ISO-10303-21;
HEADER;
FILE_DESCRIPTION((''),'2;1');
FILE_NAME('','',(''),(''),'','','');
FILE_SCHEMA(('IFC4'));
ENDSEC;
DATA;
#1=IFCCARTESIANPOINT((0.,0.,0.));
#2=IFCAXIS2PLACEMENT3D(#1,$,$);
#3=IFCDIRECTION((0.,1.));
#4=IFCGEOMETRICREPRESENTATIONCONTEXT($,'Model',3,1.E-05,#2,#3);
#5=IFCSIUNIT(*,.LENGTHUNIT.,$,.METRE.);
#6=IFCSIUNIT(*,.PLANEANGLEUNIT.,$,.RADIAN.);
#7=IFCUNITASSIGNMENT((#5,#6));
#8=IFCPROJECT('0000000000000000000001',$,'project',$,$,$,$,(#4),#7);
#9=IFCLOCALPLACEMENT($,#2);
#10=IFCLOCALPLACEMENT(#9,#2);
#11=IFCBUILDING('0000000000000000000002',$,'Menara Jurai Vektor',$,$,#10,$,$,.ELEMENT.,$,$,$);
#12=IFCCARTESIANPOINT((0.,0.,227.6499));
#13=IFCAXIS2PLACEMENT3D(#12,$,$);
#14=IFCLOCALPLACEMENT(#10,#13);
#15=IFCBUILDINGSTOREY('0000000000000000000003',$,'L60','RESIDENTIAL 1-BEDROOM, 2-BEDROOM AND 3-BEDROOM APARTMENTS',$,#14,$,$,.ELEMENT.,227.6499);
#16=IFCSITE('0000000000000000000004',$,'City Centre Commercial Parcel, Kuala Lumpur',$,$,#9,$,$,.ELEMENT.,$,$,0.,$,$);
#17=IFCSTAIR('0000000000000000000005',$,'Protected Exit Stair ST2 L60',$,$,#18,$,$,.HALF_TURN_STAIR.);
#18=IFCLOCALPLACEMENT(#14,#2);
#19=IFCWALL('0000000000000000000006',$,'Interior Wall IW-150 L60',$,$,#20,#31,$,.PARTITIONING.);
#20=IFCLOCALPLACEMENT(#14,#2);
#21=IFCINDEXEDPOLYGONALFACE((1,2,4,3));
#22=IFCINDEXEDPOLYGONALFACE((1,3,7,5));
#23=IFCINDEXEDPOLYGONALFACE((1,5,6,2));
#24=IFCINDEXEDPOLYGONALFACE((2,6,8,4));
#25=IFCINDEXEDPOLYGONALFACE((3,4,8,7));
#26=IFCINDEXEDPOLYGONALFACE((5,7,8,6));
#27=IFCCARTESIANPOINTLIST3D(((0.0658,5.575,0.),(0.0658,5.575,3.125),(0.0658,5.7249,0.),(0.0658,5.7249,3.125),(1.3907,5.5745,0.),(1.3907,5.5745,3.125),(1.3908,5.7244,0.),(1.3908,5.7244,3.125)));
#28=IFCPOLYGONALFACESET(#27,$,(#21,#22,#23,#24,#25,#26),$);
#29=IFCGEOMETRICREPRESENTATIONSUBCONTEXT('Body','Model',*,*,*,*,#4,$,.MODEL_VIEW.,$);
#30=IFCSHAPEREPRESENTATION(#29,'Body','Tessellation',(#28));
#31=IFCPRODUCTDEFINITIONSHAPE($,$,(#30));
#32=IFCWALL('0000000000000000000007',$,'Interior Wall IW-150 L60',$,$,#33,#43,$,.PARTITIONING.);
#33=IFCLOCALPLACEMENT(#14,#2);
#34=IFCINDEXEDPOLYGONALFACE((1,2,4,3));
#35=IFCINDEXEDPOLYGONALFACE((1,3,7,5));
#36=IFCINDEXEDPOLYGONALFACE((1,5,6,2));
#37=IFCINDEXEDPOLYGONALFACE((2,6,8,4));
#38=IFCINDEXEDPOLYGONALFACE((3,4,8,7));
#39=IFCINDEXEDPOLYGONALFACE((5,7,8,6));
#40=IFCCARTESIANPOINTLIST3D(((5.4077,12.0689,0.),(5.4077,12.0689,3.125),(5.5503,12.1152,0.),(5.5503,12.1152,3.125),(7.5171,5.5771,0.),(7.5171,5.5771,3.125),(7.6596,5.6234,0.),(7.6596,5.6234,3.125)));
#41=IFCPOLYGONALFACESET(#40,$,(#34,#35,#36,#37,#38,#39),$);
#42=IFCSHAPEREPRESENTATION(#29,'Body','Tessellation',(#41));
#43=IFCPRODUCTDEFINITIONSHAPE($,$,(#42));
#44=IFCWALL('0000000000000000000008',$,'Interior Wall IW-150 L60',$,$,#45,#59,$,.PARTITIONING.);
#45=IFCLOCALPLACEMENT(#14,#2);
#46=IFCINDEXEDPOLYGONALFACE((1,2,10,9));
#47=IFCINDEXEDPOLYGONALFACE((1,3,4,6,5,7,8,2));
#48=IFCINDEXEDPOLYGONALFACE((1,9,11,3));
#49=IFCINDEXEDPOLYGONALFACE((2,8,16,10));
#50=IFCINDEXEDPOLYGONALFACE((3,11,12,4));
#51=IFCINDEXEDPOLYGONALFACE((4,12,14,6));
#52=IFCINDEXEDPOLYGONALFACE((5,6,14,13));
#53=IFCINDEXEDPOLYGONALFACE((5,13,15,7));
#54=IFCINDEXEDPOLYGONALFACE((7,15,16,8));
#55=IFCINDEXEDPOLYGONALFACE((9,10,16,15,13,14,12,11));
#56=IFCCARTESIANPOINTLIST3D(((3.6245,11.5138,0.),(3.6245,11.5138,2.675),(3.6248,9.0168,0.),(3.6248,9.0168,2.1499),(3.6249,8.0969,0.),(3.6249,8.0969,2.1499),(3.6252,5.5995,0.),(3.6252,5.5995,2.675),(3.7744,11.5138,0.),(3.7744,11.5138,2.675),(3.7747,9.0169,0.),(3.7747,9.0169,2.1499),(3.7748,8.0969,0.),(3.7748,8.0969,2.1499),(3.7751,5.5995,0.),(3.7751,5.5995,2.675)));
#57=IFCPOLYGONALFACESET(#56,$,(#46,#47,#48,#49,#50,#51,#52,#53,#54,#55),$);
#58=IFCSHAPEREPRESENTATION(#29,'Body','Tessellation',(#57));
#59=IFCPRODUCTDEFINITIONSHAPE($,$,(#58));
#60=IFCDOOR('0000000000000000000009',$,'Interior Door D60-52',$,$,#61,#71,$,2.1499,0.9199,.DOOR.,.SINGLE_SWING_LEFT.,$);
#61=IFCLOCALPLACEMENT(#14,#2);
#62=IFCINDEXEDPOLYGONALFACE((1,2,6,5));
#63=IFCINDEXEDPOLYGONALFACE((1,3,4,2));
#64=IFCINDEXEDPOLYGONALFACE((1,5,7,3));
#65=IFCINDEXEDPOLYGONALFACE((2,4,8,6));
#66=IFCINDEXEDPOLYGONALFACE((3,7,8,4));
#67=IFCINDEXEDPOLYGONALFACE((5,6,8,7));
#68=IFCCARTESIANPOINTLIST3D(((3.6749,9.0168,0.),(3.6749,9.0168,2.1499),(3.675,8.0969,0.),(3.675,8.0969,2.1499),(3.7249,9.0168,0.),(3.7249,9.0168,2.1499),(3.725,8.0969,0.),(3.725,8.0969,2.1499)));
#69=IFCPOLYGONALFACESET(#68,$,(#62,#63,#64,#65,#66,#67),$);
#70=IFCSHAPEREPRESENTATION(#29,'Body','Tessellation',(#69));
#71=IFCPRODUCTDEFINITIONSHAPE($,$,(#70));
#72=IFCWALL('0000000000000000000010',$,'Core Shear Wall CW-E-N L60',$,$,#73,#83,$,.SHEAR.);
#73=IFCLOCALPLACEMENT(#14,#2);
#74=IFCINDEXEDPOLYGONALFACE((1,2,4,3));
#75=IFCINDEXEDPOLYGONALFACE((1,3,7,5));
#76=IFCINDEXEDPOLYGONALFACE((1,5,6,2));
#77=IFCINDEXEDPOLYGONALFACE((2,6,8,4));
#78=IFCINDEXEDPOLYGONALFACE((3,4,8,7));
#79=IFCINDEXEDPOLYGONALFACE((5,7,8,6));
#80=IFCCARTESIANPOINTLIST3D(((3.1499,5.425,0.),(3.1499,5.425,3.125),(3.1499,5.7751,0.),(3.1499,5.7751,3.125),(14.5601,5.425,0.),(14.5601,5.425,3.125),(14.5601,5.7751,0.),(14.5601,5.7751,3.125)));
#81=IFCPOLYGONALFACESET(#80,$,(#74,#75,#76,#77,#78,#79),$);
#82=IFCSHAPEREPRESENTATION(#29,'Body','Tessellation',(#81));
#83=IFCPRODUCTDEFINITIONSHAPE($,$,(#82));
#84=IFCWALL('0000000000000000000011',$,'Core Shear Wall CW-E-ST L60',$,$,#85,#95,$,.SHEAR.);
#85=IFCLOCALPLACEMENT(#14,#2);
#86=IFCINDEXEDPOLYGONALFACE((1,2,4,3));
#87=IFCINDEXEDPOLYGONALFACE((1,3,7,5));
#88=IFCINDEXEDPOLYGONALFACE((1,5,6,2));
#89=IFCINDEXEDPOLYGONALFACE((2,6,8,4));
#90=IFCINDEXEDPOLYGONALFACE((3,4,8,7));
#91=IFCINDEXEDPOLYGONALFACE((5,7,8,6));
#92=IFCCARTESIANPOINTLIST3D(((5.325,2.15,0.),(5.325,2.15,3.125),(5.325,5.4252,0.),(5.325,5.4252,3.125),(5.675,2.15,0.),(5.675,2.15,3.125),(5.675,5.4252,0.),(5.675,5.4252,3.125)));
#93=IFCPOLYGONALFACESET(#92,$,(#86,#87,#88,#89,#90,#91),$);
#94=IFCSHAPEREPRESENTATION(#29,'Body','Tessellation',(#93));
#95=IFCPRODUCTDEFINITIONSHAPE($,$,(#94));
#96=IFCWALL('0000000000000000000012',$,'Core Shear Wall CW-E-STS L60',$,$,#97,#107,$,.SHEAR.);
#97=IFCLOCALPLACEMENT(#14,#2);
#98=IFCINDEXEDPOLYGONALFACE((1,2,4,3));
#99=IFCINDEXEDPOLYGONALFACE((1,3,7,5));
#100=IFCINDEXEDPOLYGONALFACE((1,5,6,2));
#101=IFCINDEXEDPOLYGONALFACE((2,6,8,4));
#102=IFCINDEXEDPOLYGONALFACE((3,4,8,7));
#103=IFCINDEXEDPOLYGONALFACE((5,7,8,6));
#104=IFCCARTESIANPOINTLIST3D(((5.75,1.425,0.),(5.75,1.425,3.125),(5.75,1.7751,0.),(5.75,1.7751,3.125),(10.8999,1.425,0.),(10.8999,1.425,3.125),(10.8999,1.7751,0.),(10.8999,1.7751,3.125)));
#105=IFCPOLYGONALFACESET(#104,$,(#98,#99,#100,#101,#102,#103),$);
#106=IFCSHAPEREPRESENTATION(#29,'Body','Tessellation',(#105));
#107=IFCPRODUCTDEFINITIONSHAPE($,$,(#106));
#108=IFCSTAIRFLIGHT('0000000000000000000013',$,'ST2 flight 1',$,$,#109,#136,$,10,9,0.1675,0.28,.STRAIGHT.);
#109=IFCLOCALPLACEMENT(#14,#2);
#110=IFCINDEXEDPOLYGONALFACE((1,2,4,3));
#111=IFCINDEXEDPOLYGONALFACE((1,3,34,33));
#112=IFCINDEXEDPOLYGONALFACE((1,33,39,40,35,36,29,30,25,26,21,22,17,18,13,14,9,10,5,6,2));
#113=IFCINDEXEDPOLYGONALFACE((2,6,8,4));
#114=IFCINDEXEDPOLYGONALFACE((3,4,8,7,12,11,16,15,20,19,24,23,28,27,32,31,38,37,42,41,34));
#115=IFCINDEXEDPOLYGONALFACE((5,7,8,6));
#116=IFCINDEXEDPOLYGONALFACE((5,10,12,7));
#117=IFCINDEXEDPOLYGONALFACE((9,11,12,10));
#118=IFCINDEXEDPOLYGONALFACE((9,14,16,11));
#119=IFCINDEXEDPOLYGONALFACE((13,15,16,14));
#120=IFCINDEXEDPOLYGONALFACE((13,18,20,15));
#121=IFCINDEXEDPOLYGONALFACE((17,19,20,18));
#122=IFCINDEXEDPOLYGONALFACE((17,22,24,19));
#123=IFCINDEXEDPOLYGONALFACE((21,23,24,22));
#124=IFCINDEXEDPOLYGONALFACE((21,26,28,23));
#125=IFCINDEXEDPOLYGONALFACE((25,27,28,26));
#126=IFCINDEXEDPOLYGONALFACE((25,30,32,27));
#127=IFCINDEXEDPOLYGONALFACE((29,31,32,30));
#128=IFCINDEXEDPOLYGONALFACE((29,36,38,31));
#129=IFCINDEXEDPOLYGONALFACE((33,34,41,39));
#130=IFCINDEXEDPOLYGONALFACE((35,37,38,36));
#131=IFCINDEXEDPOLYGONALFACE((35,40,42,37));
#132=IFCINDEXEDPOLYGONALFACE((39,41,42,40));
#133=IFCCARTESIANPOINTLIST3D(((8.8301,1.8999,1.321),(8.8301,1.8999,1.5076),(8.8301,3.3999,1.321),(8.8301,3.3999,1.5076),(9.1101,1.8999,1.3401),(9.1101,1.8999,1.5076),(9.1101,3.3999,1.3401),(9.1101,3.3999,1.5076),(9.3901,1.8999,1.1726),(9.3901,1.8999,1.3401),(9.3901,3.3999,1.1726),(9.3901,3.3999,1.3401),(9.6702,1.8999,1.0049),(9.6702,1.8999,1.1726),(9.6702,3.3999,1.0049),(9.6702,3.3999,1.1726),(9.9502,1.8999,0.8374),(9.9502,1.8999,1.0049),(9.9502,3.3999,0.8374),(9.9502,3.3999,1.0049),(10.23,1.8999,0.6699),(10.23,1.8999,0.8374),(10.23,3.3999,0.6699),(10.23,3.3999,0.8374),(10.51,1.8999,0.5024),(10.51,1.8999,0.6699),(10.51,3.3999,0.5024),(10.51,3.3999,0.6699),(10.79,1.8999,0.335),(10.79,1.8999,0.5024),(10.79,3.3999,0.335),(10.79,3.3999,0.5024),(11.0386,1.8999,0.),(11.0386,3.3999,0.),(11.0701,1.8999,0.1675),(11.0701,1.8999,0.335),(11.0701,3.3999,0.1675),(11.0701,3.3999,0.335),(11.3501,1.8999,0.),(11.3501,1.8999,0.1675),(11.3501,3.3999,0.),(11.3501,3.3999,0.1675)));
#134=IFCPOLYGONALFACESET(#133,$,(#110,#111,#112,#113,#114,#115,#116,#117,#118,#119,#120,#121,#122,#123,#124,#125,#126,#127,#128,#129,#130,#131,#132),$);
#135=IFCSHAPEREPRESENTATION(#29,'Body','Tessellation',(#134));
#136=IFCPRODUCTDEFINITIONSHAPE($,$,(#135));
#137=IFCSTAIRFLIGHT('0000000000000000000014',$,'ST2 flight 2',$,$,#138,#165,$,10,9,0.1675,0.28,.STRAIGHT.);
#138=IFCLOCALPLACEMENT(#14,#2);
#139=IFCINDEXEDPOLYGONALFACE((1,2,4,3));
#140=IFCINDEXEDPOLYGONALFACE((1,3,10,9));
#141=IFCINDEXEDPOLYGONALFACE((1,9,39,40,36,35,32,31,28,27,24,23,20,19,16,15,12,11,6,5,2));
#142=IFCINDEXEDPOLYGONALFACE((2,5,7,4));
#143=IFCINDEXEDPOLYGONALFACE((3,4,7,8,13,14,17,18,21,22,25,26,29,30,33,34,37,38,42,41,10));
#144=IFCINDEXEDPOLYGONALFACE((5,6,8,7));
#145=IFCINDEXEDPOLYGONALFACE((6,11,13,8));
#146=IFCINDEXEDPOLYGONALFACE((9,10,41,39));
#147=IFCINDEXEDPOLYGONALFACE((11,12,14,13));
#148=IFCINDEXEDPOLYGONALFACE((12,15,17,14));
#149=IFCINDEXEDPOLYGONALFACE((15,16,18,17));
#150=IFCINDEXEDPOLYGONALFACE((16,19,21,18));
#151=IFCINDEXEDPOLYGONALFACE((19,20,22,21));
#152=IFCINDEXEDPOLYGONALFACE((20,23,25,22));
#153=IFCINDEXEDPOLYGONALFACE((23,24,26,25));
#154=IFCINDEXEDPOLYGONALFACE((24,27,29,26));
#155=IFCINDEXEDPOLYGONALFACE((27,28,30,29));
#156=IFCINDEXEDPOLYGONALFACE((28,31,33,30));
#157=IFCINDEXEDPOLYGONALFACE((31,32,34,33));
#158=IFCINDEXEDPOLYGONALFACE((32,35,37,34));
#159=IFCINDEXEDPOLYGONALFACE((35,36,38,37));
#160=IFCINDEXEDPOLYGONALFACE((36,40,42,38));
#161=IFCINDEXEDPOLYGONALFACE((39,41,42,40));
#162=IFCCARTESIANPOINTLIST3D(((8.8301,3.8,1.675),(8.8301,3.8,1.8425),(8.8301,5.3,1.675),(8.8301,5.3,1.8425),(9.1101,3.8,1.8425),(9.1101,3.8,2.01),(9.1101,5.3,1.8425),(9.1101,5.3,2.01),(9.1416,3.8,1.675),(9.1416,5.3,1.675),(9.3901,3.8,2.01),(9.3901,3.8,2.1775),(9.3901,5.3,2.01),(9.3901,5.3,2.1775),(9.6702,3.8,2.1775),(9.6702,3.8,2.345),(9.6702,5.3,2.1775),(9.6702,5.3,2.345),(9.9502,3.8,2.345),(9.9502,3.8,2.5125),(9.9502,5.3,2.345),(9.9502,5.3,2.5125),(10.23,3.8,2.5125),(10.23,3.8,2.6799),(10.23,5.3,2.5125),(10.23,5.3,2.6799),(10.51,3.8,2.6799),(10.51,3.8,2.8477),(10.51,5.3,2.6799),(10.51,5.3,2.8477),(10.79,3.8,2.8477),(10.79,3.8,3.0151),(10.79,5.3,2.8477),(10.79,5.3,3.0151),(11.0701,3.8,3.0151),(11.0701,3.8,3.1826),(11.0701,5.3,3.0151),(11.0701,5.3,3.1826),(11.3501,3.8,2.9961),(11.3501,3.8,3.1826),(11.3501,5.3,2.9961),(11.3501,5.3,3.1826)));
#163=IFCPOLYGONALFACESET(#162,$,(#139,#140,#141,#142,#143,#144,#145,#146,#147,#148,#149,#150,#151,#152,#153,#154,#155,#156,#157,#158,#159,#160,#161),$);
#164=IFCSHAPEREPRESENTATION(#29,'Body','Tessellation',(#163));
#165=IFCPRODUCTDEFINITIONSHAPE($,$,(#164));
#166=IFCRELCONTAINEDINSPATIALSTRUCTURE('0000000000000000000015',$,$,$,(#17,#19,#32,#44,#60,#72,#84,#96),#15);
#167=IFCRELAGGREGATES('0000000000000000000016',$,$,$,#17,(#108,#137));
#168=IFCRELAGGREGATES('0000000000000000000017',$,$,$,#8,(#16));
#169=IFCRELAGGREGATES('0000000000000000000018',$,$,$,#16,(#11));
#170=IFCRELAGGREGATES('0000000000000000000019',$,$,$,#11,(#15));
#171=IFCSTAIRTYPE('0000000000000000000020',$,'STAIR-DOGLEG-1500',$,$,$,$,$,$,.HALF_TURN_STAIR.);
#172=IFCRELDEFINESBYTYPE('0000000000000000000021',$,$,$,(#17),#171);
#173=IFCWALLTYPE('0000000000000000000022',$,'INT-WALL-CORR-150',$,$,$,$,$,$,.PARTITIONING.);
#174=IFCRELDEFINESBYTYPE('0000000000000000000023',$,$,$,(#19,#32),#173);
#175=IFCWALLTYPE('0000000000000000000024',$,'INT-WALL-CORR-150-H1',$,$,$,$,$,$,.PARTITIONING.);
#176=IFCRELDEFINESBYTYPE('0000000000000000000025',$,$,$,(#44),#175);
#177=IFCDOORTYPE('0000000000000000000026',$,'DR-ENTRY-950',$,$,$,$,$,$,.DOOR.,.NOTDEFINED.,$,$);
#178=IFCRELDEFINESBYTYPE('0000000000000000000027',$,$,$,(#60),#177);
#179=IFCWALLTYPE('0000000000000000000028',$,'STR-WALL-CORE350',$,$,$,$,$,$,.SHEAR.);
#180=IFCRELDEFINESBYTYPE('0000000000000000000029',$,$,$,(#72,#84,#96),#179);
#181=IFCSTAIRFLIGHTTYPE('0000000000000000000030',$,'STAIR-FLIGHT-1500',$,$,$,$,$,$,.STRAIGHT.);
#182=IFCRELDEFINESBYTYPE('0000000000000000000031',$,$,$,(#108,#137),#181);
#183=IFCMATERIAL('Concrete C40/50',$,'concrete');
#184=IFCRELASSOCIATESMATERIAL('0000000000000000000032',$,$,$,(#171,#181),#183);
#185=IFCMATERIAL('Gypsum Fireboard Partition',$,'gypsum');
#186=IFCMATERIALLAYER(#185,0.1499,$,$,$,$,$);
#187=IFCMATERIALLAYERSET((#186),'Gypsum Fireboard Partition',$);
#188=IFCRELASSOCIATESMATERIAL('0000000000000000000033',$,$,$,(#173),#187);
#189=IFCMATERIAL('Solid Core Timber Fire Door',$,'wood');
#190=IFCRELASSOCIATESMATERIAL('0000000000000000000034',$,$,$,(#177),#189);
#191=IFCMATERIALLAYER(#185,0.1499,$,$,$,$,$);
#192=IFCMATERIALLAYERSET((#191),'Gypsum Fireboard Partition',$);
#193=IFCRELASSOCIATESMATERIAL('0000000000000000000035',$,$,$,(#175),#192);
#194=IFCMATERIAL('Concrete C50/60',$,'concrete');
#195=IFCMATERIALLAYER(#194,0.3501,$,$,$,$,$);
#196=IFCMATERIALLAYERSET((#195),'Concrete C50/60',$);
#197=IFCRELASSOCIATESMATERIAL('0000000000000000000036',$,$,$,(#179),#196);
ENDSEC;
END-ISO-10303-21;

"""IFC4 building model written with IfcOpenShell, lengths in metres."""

from ifc_helpers import new_model, si_unit, direction, frame, frame_2d, origin, place, context, subcontext, project, spatial, polyline, rectangle, outline, extrude, material, layer, layer_set, type_object, element, fill, aggregate, save


model = new_model("IFC4")

# Units and contexts
model_context = context("Model", 3, precision=1e-05, world=origin(), true_north=direction((0.0, 1.0)))
body_context = subcontext(model_context, "Body", "Model", "MODEL_VIEW")
ifc_project = project(units=[si_unit("LENGTHUNIT", "METRE"), si_unit("PLANEANGLEUNIT", "RADIAN")], contexts=[model_context])

# Site, building, storey
site_placement = place(None, origin())
site = spatial("IfcSite", under=ifc_project, at=site_placement, Name="City Centre Commercial Parcel, Kuala Lumpur", CompositionType="ELEMENT", RefElevation=0.0)
building_placement = place(site_placement, origin())
building = spatial("IfcBuilding", under=site, at=building_placement, Name="Menara Jurai Vektor", CompositionType="ELEMENT")
storey_placement = place(building_placement, frame((0.0, 0.0, 227.6499)))
storey = spatial("IfcBuildingStorey", under=building, at=storey_placement, Name="L60", Description="RESIDENTIAL 1-BEDROOM, 2-BEDROOM AND 3-BEDROOM APARTMENTS", CompositionType="ELEMENT", Elevation=227.6499)

# Shared definitions
ifc_material_1 = material(Name="Concrete C50/60", Category="concrete")

# Stair
ifc_material_2 = material(Name="Concrete C40/50", Category="concrete")
stair_type = type_object("IfcStairType", Name="STAIR-DOGLEG-1500", PredefinedType="HALF_TURN_STAIR", material=ifc_material_2)
stair_1_placement = place(storey_placement, origin())
stair_1 = element("IfcStair", 1, at=stair_1_placement, inside=storey, type_object=stair_type, Name="Protected Exit Stair ST2 L60", PredefinedType="HALF_TURN_STAIR")

# Shared definitions
ifc_material_3 = material(Name="Gypsum Fireboard Partition", Category="gypsum")
ifc_layer_1 = layer(ifc_material_3, 0.1499)
ifc_layer_set_1 = layer_set([ifc_layer_1], Name="Gypsum Fireboard Partition")
wall_type_1 = type_object("IfcWallType", Name="INT-WALL-CORR-150", PredefinedType="PARTITIONING", material=ifc_layer_set_1)

# Shared definitions
ifc_material_4 = material(Name="Solid Core Timber Fire Door", Category="wood")
door_type_1 = type_object("IfcDoorType", Name="DR-ENTRY-950", OperationType="NOTDEFINED", PredefinedType="DOOR", material=ifc_material_4)

# Walls
wall_1_placement = place(storey_placement, frame((0.0657, 5.6499, 0.0), z_axis=(0.0, 0.0, 1.0), x_axis=(1.0, -0.000369, 0.0)))
element("IfcWall", 2, at=wall_1_placement, inside=storey, type_object=wall_type_1, Name="Interior Wall IW-150 L60", PredefinedType="PARTITIONING", context=body_context, shape_type="SweptSolid", body=[
    extrude(rectangle(XDim=1.325, YDim=0.1499, at=frame_2d((0.6626, 0.0))), origin(), (0.0, 0.0, 1.0), 3.125),
])
wall_2_placement = place(storey_placement, frame((7.5884, 5.6001, 0.0), z_axis=(0.0, 0.0, 1.0), x_axis=(-0.309019, 0.951056, 0.0)))
element("IfcWall", 3, at=wall_2_placement, inside=storey, type_object=wall_type_1, Name="Interior Wall IW-150 L60", PredefinedType="PARTITIONING", context=body_context, shape_type="SweptSolid", body=[
    extrude(rectangle(XDim=6.8259, YDim=0.1499, at=frame_2d((3.4131, 0.0))), origin(), (0.0, 0.0, 1.0), 3.125),
])

# Wall, opening, door
ifc_layer_2 = layer(ifc_material_3, 0.1499)
ifc_layer_set_2 = layer_set([ifc_layer_2], Name="Gypsum Fireboard Partition")
wall_type_2 = type_object("IfcWallType", Name="INT-WALL-CORR-150-H1", PredefinedType="PARTITIONING", material=ifc_layer_set_2)
wall_3_placement = place(storey_placement, frame((3.7002, 5.5996, 0.0), z_axis=(0.0, 0.0, 1.0), x_axis=(-0.000124, 1.0, 0.0)))
wall_3 = element("IfcWall", 4, at=wall_3_placement, inside=storey, type_object=wall_type_2, Name="Interior Wall IW-150 L60", PredefinedType="PARTITIONING", context=body_context, shape_type="SweptSolid", body=[
    extrude(rectangle(XDim=5.9143, YDim=0.1499, at=frame_2d((2.957, 0.0))), origin(), (0.0, 0.0, 1.0), 2.675),
])
opening_1_placement = place(wall_3_placement, frame((2.4973, 0.0, 0.0)))
opening_1 = element("IfcOpeningElement", 5, at=opening_1_placement, cuts=wall_3, PredefinedType="OPENING", context=body_context, shape_type="SweptSolid", body=[
    extrude(rectangle(XDim=0.9199, YDim=2.1499, at=frame_2d((0.46, 1.075))), frame((0.0, 0.085, 0.0), z_axis=(0.0, -1.0, 0.0), x_axis=(1.0, 0.0, 0.0)), (0.0, 0.0, 1.0), 0.1699),
])
door_1_placement = place(opening_1_placement, origin())
door_1 = element("IfcDoor", 6, at=door_1_placement, inside=storey, type_object=door_type_1, Name="Interior Door D60-52", OperationType="SINGLE_SWING_LEFT", OverallHeight=2.1499, OverallWidth=0.9199, PredefinedType="DOOR", context=body_context, shape_type="SweptSolid", body=[
    extrude(rectangle(XDim=0.9199, YDim=2.1499, at=frame_2d((0.46, 1.075))), frame((0.0, 0.0249, 0.0), z_axis=(0.0, -1.0, 0.0), x_axis=(1.0, 0.0, 0.0)), (0.0, 0.0, 1.0), 0.05),
])
fill(opening_1, door_1)

# Walls
ifc_layer_3 = layer(ifc_material_1, 0.3501)
ifc_layer_set_3 = layer_set([ifc_layer_3], Name="Concrete C50/60")
wall_type_3 = type_object("IfcWallType", Name="STR-WALL-CORE350", PredefinedType="SHEAR", material=ifc_layer_set_3)
wall_4_placement = place(storey_placement, frame((3.1499, 5.6001, 0.0), z_axis=(0.0, 0.0, 1.0), x_axis=(1.0, 0.0, 0.0)))
element("IfcWall", 7, at=wall_4_placement, inside=storey, type_object=wall_type_3, Name="Core Shear Wall CW-E-N L60", PredefinedType="SHEAR", context=body_context, shape_type="SweptSolid", body=[
    extrude(rectangle(XDim=11.4102, YDim=0.3501, at=frame_2d((5.7051, 0.0))), origin(), (0.0, 0.0, 1.0), 3.125),
])
wall_5_placement = place(storey_placement, frame((5.5, 2.1499, 0.0), z_axis=(0.0, 0.0, 1.0), x_axis=(0.0, 1.0, 0.0)))
element("IfcWall", 8, at=wall_5_placement, inside=storey, type_object=wall_type_3, Name="Core Shear Wall CW-E-ST L60", PredefinedType="SHEAR", context=body_context, shape_type="SweptSolid", body=[
    extrude(rectangle(XDim=3.2751, YDim=0.3501, at=frame_2d((1.6377, 0.0))), origin(), (0.0, 0.0, 1.0), 3.125),
])
wall_6_placement = place(storey_placement, frame((5.75, 1.6001, 0.0), z_axis=(0.0, 0.0, 1.0), x_axis=(1.0, 0.0, 0.0)))
element("IfcWall", 9, at=wall_6_placement, inside=storey, type_object=wall_type_3, Name="Core Shear Wall CW-E-STS L60", PredefinedType="SHEAR", context=body_context, shape_type="SweptSolid", body=[
    extrude(rectangle(XDim=5.1499, YDim=0.3501, at=frame_2d((2.575, 0.0))), origin(), (0.0, 0.0, 1.0), 3.125),
])

# Stair flights
stair_flight_type = type_object("IfcStairFlightType", Name="STAIR-FLIGHT-1500", PredefinedType="STRAIGHT", material=ifc_material_2)
stair_flight_1_placement = place(storey_placement, frame((11.3501, 2.6499, 0.0), z_axis=(0.0, 0.0, 1.0), x_axis=(-1.0, 0.0, 0.0)))
stair_flight_1 = element("IfcStairFlight", 10, at=stair_flight_1_placement, type_object=stair_flight_type, Name="ST2 flight 1", NumberOfRisers=10, NumberOfTreads=9, PredefinedType="STRAIGHT", RiserHeight=0.1675, TreadLength=0.28, context=body_context, shape_type="SweptSolid", body=[
    extrude(outline(polyline([(0.0, 0.0), (0.0, 0.1675), (0.28, 0.1675), (0.28, 0.335), (0.5601, 0.335), (0.5601, 0.5024), (0.8401, 0.5024), (0.8401, 0.6699), (1.1201, 0.6699), (1.1201, 0.8374), (1.3999, 0.8374), (1.3999, 1.0049), (1.6799, 1.0049), (1.6799, 1.1726), (1.96, 1.1726), (1.96, 1.3401), (2.24, 1.3401), (2.24, 1.5076), (2.52, 1.5076), (2.52, 1.675), (2.52, 1.321), (0.3115, 0.0), (0.0, 0.0)])), frame((0.0, 0.75, 0.0), z_axis=(0.0, -1.0, 0.0), x_axis=(1.0, 0.0, 0.0)), (0.0, 0.0, 1.0), 1.5),
])
stair_flight_2_placement = place(storey_placement, frame((8.8301, 4.55, 1.675), z_axis=(0.0, 0.0, 1.0), x_axis=(1.0, 0.0, 0.0)))
stair_flight_2 = element("IfcStairFlight", 11, at=stair_flight_2_placement, type_object=stair_flight_type, Name="ST2 flight 2", NumberOfRisers=10, NumberOfTreads=9, PredefinedType="STRAIGHT", RiserHeight=0.1675, TreadLength=0.28, context=body_context, shape_type="SweptSolid", body=[
    extrude(outline(polyline([(0.0, 0.0), (0.0, 0.1675), (0.28, 0.1675), (0.28, 0.335), (0.5601, 0.335), (0.5601, 0.5024), (0.8401, 0.5024), (0.8401, 0.6699), (1.1201, 0.6699), (1.1201, 0.8374), (1.3999, 0.8374), (1.3999, 1.0049), (1.6799, 1.0049), (1.6799, 1.1726), (1.96, 1.1726), (1.96, 1.3401), (2.24, 1.3401), (2.24, 1.5076), (2.52, 1.5076), (2.52, 1.675), (2.52, 1.321), (0.3115, 0.0), (0.0, 0.0)])), frame((0.0, 0.75, 0.0), z_axis=(0.0, -1.0, 0.0), x_axis=(1.0, 0.0, 0.0)), (0.0, 0.0, 1.0), 1.5),
])
aggregate(stair_1, [stair_flight_1, stair_flight_2])

save(model, "model.ifc")
